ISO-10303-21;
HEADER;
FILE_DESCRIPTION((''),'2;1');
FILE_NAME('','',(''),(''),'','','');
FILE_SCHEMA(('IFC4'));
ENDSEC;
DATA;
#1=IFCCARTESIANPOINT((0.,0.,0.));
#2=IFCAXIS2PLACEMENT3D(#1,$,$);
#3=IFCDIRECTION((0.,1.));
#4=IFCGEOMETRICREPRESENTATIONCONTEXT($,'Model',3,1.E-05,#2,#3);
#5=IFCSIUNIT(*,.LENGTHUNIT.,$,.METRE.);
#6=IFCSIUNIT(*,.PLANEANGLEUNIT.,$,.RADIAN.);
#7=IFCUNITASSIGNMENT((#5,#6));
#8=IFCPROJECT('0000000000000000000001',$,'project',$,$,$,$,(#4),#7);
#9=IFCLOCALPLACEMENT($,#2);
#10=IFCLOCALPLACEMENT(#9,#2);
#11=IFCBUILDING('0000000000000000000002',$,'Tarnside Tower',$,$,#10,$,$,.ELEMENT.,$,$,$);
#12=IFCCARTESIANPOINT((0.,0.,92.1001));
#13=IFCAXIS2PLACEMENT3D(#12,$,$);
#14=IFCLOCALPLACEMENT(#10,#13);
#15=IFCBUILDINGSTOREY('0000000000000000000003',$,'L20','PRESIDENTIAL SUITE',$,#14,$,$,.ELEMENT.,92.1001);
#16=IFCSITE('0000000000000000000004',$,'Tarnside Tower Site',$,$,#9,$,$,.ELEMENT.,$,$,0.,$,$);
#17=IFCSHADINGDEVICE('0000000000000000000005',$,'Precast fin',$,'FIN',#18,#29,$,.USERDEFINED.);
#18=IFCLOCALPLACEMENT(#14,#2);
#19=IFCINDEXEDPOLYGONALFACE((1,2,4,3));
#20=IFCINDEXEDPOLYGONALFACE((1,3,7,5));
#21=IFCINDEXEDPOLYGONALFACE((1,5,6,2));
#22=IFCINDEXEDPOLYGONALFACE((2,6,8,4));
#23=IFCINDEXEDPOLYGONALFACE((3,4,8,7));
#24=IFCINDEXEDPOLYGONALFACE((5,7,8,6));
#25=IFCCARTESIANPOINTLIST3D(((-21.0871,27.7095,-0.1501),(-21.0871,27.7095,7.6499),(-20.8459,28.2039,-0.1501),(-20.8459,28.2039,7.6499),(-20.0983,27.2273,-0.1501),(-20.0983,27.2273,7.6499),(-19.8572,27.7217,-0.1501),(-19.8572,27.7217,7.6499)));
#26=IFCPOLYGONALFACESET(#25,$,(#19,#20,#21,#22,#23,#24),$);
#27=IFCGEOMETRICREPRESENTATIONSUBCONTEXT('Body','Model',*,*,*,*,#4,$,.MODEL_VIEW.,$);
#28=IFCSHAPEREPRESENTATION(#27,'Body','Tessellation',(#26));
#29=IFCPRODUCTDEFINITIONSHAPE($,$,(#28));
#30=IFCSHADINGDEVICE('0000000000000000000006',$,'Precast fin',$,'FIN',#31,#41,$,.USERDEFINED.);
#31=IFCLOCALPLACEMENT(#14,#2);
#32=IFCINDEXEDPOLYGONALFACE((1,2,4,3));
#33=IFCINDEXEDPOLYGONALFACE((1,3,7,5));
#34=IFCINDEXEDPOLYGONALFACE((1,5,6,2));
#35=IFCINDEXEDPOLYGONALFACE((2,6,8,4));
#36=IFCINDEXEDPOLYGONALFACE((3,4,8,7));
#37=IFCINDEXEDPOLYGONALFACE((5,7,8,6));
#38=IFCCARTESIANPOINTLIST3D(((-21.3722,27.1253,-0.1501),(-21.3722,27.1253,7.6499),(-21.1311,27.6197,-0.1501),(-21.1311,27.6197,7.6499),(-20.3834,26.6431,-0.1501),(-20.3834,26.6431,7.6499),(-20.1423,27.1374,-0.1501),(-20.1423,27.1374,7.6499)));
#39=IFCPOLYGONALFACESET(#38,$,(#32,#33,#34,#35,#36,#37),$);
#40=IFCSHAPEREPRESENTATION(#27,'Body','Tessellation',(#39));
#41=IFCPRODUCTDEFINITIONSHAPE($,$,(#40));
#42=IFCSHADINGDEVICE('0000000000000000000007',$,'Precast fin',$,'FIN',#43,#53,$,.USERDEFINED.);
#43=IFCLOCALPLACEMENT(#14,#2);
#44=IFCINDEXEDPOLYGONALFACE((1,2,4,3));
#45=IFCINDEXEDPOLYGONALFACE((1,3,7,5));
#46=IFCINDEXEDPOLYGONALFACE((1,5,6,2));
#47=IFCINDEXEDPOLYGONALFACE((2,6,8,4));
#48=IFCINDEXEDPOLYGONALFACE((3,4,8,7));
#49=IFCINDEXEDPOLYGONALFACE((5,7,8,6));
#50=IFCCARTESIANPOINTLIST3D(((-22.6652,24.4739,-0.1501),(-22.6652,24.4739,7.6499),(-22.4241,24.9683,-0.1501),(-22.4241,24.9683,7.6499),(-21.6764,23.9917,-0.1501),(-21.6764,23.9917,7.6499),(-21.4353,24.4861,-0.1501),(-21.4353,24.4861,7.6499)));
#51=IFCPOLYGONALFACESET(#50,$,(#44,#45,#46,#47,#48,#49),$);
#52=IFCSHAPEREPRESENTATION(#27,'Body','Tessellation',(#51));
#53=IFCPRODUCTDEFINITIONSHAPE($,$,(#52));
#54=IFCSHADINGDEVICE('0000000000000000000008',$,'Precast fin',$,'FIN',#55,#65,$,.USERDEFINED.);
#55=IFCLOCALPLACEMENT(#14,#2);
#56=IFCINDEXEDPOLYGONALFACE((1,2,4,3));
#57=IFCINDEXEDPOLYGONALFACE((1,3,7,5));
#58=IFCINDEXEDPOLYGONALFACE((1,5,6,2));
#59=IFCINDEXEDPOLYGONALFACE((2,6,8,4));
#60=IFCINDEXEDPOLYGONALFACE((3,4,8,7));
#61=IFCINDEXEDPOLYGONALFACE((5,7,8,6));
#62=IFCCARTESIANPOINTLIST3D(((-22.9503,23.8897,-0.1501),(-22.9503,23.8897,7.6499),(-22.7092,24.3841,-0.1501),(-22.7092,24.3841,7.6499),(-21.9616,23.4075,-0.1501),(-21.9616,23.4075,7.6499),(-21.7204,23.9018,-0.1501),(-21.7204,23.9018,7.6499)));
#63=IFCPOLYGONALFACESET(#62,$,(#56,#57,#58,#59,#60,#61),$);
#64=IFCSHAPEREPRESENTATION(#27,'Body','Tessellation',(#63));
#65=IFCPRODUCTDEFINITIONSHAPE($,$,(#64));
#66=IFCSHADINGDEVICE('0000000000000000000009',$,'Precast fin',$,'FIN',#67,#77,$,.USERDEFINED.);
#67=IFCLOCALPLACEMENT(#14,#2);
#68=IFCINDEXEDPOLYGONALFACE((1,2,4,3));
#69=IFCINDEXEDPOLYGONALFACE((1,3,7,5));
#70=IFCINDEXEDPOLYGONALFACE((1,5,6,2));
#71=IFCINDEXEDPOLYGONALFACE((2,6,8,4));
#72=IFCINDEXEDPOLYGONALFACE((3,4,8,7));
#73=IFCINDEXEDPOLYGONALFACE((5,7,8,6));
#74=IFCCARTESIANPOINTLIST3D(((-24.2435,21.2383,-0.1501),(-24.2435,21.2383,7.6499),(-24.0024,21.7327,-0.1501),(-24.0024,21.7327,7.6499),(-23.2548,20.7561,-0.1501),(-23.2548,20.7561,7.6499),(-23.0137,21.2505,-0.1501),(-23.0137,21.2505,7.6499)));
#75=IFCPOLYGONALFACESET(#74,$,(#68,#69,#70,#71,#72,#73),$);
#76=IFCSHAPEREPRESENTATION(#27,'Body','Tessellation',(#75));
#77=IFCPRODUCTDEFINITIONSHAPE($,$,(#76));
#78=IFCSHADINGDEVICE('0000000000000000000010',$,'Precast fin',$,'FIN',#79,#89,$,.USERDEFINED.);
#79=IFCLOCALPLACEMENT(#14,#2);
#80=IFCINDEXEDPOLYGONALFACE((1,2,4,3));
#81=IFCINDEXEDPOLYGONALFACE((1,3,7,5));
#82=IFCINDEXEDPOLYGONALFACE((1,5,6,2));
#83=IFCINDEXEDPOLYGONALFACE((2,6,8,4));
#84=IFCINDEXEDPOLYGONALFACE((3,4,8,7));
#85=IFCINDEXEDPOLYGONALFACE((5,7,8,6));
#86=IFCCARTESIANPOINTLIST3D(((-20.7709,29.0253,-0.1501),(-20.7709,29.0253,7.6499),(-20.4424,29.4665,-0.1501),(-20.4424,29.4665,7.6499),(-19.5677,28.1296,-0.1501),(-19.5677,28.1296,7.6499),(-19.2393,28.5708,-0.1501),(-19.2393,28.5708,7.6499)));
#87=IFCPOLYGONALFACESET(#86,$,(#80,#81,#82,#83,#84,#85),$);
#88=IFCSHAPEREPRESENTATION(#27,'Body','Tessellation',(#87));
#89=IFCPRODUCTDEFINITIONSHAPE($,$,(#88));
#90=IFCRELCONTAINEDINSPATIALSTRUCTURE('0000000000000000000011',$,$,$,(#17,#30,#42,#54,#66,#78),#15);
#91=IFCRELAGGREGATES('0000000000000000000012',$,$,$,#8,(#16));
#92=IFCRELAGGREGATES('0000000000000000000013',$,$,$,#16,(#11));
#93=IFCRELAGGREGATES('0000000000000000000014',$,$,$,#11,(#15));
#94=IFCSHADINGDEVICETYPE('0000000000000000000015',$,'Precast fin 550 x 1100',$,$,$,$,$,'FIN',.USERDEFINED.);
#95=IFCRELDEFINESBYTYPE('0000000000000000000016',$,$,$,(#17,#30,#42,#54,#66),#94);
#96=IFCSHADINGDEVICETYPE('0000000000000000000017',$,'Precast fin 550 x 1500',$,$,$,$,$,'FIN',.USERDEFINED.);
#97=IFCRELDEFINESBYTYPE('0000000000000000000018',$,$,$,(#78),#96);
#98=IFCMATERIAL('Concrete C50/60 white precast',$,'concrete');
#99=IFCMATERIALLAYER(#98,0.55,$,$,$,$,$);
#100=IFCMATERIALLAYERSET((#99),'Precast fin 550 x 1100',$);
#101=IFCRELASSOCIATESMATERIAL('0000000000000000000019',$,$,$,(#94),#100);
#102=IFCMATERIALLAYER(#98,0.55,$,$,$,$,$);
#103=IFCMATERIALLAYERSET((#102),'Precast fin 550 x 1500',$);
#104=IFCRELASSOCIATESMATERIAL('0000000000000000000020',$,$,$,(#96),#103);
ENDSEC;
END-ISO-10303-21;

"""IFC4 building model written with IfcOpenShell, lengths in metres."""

from ifc_helpers import new_model, si_unit, direction, frame, origin, place, context, subcontext, project, spatial, polyline, outline, extrude, material, layer, layer_set, type_object, element, save


model = new_model("IFC4")

# Units and contexts
model_context = context("Model", 3, precision=1e-05, world=origin(), true_north=direction((0.0, 1.0)))
body_context = subcontext(model_context, "Body", "Model", "MODEL_VIEW")
ifc_project = project(units=[si_unit("LENGTHUNIT", "METRE"), si_unit("PLANEANGLEUNIT", "RADIAN")], contexts=[model_context])

# Site, building, storey
site_placement = place(None, origin())
site = spatial("IfcSite", under=ifc_project, at=site_placement, Name="Tarnside Tower Site", CompositionType="ELEMENT", RefElevation=0.0)
building_placement = place(site_placement, origin())
building = spatial("IfcBuilding", under=site, at=building_placement, Name="Tarnside Tower", CompositionType="ELEMENT")
storey_placement = place(building_placement, frame((0.0, 0.0, 92.1001)))
storey = spatial("IfcBuildingStorey", under=building, at=storey_placement, Name="L20", Description="PRESIDENTIAL SUITE", CompositionType="ELEMENT", Elevation=92.1001)

# Shading devices
ifc_material_1 = material(Name="Concrete C50/60 white precast", Category="concrete")
ifc_layer_1 = layer(ifc_material_1, 0.55)
ifc_layer_set_1 = layer_set([ifc_layer_1], Name="Precast fin 550 x 1100")
shading_device_type_1 = type_object("IfcShadingDeviceType", Name="Precast fin 550 x 1100", ElementType="FIN", PredefinedType="USERDEFINED", material=ifc_layer_set_1)
for number, where, z_axis, x_axis, name in (
    (1, (-19.9778, 27.4744, -0.1501), (0.438371, 0.898794, 0.0), (-0.898794, 0.438371, 0.0), "Precast fin"),
    (2, (-20.2629, 26.8901, -0.1501), (0.438371, 0.898794, 0.0), (-0.898794, 0.438371, 0.0), "Precast fin"),
    (3, (-21.5559, 24.2388, -0.1501), (0.438371, 0.898794, 0.0), (-0.898794, 0.438371, 0.0), "Precast fin"),
    (4, (-21.8411, 23.6545, -0.1501), (0.438371, 0.898794, 0.0), (-0.898794, 0.438371, 0.0), "Precast fin"),
    (5, (-23.1343, 21.0032, -0.1501), (0.438371, 0.898794, 0.0), (-0.898794, 0.438371, 0.0), "Precast fin"),
):
    element("IfcShadingDevice", number, at=place(storey_placement, frame(where, z_axis=z_axis, x_axis=x_axis)), inside=storey, type_object=shading_device_type_1, Name=name, ObjectType="FIN", PredefinedType="USERDEFINED", context=body_context, shape_type="SweptSolid", body=[
        extrude(outline(polyline([(0.0, 0.0), (1.1001, 0.0), (1.1001, 7.8), (0.0, 7.8), (0.0, 0.0)])), frame((0.0, 0.0, -0.2749)), (0.0, 0.0, 1.0), 0.55),
    ])
ifc_layer_2 = layer(ifc_material_1, 0.55)
ifc_layer_set_2 = layer_set([ifc_layer_2], Name="Precast fin 550 x 1500")
shading_device_type_2 = type_object("IfcShadingDeviceType", Name="Precast fin 550 x 1500", ElementType="FIN", PredefinedType="USERDEFINED", material=ifc_layer_set_2)
shading_device_placement = place(storey_placement, frame((-19.4036, 28.3501, -0.1501), z_axis=(0.597159, 0.802123, 0.0), x_axis=(-0.802123, 0.597159, 0.0)))
element("IfcShadingDevice", 6, at=shading_device_placement, inside=storey, type_object=shading_device_type_2, Name="Precast fin", ObjectType="FIN", PredefinedType="USERDEFINED", context=body_context, shape_type="SweptSolid", body=[
    extrude(outline(polyline([(0.0, 0.0), (1.5, 0.0), (1.5, 7.8), (0.0, 7.8), (0.0, 0.0)])), frame((0.0, 0.0, -0.2749)), (0.0, 0.0, 1.0), 0.55),
])

save(model, "model.ifc")
